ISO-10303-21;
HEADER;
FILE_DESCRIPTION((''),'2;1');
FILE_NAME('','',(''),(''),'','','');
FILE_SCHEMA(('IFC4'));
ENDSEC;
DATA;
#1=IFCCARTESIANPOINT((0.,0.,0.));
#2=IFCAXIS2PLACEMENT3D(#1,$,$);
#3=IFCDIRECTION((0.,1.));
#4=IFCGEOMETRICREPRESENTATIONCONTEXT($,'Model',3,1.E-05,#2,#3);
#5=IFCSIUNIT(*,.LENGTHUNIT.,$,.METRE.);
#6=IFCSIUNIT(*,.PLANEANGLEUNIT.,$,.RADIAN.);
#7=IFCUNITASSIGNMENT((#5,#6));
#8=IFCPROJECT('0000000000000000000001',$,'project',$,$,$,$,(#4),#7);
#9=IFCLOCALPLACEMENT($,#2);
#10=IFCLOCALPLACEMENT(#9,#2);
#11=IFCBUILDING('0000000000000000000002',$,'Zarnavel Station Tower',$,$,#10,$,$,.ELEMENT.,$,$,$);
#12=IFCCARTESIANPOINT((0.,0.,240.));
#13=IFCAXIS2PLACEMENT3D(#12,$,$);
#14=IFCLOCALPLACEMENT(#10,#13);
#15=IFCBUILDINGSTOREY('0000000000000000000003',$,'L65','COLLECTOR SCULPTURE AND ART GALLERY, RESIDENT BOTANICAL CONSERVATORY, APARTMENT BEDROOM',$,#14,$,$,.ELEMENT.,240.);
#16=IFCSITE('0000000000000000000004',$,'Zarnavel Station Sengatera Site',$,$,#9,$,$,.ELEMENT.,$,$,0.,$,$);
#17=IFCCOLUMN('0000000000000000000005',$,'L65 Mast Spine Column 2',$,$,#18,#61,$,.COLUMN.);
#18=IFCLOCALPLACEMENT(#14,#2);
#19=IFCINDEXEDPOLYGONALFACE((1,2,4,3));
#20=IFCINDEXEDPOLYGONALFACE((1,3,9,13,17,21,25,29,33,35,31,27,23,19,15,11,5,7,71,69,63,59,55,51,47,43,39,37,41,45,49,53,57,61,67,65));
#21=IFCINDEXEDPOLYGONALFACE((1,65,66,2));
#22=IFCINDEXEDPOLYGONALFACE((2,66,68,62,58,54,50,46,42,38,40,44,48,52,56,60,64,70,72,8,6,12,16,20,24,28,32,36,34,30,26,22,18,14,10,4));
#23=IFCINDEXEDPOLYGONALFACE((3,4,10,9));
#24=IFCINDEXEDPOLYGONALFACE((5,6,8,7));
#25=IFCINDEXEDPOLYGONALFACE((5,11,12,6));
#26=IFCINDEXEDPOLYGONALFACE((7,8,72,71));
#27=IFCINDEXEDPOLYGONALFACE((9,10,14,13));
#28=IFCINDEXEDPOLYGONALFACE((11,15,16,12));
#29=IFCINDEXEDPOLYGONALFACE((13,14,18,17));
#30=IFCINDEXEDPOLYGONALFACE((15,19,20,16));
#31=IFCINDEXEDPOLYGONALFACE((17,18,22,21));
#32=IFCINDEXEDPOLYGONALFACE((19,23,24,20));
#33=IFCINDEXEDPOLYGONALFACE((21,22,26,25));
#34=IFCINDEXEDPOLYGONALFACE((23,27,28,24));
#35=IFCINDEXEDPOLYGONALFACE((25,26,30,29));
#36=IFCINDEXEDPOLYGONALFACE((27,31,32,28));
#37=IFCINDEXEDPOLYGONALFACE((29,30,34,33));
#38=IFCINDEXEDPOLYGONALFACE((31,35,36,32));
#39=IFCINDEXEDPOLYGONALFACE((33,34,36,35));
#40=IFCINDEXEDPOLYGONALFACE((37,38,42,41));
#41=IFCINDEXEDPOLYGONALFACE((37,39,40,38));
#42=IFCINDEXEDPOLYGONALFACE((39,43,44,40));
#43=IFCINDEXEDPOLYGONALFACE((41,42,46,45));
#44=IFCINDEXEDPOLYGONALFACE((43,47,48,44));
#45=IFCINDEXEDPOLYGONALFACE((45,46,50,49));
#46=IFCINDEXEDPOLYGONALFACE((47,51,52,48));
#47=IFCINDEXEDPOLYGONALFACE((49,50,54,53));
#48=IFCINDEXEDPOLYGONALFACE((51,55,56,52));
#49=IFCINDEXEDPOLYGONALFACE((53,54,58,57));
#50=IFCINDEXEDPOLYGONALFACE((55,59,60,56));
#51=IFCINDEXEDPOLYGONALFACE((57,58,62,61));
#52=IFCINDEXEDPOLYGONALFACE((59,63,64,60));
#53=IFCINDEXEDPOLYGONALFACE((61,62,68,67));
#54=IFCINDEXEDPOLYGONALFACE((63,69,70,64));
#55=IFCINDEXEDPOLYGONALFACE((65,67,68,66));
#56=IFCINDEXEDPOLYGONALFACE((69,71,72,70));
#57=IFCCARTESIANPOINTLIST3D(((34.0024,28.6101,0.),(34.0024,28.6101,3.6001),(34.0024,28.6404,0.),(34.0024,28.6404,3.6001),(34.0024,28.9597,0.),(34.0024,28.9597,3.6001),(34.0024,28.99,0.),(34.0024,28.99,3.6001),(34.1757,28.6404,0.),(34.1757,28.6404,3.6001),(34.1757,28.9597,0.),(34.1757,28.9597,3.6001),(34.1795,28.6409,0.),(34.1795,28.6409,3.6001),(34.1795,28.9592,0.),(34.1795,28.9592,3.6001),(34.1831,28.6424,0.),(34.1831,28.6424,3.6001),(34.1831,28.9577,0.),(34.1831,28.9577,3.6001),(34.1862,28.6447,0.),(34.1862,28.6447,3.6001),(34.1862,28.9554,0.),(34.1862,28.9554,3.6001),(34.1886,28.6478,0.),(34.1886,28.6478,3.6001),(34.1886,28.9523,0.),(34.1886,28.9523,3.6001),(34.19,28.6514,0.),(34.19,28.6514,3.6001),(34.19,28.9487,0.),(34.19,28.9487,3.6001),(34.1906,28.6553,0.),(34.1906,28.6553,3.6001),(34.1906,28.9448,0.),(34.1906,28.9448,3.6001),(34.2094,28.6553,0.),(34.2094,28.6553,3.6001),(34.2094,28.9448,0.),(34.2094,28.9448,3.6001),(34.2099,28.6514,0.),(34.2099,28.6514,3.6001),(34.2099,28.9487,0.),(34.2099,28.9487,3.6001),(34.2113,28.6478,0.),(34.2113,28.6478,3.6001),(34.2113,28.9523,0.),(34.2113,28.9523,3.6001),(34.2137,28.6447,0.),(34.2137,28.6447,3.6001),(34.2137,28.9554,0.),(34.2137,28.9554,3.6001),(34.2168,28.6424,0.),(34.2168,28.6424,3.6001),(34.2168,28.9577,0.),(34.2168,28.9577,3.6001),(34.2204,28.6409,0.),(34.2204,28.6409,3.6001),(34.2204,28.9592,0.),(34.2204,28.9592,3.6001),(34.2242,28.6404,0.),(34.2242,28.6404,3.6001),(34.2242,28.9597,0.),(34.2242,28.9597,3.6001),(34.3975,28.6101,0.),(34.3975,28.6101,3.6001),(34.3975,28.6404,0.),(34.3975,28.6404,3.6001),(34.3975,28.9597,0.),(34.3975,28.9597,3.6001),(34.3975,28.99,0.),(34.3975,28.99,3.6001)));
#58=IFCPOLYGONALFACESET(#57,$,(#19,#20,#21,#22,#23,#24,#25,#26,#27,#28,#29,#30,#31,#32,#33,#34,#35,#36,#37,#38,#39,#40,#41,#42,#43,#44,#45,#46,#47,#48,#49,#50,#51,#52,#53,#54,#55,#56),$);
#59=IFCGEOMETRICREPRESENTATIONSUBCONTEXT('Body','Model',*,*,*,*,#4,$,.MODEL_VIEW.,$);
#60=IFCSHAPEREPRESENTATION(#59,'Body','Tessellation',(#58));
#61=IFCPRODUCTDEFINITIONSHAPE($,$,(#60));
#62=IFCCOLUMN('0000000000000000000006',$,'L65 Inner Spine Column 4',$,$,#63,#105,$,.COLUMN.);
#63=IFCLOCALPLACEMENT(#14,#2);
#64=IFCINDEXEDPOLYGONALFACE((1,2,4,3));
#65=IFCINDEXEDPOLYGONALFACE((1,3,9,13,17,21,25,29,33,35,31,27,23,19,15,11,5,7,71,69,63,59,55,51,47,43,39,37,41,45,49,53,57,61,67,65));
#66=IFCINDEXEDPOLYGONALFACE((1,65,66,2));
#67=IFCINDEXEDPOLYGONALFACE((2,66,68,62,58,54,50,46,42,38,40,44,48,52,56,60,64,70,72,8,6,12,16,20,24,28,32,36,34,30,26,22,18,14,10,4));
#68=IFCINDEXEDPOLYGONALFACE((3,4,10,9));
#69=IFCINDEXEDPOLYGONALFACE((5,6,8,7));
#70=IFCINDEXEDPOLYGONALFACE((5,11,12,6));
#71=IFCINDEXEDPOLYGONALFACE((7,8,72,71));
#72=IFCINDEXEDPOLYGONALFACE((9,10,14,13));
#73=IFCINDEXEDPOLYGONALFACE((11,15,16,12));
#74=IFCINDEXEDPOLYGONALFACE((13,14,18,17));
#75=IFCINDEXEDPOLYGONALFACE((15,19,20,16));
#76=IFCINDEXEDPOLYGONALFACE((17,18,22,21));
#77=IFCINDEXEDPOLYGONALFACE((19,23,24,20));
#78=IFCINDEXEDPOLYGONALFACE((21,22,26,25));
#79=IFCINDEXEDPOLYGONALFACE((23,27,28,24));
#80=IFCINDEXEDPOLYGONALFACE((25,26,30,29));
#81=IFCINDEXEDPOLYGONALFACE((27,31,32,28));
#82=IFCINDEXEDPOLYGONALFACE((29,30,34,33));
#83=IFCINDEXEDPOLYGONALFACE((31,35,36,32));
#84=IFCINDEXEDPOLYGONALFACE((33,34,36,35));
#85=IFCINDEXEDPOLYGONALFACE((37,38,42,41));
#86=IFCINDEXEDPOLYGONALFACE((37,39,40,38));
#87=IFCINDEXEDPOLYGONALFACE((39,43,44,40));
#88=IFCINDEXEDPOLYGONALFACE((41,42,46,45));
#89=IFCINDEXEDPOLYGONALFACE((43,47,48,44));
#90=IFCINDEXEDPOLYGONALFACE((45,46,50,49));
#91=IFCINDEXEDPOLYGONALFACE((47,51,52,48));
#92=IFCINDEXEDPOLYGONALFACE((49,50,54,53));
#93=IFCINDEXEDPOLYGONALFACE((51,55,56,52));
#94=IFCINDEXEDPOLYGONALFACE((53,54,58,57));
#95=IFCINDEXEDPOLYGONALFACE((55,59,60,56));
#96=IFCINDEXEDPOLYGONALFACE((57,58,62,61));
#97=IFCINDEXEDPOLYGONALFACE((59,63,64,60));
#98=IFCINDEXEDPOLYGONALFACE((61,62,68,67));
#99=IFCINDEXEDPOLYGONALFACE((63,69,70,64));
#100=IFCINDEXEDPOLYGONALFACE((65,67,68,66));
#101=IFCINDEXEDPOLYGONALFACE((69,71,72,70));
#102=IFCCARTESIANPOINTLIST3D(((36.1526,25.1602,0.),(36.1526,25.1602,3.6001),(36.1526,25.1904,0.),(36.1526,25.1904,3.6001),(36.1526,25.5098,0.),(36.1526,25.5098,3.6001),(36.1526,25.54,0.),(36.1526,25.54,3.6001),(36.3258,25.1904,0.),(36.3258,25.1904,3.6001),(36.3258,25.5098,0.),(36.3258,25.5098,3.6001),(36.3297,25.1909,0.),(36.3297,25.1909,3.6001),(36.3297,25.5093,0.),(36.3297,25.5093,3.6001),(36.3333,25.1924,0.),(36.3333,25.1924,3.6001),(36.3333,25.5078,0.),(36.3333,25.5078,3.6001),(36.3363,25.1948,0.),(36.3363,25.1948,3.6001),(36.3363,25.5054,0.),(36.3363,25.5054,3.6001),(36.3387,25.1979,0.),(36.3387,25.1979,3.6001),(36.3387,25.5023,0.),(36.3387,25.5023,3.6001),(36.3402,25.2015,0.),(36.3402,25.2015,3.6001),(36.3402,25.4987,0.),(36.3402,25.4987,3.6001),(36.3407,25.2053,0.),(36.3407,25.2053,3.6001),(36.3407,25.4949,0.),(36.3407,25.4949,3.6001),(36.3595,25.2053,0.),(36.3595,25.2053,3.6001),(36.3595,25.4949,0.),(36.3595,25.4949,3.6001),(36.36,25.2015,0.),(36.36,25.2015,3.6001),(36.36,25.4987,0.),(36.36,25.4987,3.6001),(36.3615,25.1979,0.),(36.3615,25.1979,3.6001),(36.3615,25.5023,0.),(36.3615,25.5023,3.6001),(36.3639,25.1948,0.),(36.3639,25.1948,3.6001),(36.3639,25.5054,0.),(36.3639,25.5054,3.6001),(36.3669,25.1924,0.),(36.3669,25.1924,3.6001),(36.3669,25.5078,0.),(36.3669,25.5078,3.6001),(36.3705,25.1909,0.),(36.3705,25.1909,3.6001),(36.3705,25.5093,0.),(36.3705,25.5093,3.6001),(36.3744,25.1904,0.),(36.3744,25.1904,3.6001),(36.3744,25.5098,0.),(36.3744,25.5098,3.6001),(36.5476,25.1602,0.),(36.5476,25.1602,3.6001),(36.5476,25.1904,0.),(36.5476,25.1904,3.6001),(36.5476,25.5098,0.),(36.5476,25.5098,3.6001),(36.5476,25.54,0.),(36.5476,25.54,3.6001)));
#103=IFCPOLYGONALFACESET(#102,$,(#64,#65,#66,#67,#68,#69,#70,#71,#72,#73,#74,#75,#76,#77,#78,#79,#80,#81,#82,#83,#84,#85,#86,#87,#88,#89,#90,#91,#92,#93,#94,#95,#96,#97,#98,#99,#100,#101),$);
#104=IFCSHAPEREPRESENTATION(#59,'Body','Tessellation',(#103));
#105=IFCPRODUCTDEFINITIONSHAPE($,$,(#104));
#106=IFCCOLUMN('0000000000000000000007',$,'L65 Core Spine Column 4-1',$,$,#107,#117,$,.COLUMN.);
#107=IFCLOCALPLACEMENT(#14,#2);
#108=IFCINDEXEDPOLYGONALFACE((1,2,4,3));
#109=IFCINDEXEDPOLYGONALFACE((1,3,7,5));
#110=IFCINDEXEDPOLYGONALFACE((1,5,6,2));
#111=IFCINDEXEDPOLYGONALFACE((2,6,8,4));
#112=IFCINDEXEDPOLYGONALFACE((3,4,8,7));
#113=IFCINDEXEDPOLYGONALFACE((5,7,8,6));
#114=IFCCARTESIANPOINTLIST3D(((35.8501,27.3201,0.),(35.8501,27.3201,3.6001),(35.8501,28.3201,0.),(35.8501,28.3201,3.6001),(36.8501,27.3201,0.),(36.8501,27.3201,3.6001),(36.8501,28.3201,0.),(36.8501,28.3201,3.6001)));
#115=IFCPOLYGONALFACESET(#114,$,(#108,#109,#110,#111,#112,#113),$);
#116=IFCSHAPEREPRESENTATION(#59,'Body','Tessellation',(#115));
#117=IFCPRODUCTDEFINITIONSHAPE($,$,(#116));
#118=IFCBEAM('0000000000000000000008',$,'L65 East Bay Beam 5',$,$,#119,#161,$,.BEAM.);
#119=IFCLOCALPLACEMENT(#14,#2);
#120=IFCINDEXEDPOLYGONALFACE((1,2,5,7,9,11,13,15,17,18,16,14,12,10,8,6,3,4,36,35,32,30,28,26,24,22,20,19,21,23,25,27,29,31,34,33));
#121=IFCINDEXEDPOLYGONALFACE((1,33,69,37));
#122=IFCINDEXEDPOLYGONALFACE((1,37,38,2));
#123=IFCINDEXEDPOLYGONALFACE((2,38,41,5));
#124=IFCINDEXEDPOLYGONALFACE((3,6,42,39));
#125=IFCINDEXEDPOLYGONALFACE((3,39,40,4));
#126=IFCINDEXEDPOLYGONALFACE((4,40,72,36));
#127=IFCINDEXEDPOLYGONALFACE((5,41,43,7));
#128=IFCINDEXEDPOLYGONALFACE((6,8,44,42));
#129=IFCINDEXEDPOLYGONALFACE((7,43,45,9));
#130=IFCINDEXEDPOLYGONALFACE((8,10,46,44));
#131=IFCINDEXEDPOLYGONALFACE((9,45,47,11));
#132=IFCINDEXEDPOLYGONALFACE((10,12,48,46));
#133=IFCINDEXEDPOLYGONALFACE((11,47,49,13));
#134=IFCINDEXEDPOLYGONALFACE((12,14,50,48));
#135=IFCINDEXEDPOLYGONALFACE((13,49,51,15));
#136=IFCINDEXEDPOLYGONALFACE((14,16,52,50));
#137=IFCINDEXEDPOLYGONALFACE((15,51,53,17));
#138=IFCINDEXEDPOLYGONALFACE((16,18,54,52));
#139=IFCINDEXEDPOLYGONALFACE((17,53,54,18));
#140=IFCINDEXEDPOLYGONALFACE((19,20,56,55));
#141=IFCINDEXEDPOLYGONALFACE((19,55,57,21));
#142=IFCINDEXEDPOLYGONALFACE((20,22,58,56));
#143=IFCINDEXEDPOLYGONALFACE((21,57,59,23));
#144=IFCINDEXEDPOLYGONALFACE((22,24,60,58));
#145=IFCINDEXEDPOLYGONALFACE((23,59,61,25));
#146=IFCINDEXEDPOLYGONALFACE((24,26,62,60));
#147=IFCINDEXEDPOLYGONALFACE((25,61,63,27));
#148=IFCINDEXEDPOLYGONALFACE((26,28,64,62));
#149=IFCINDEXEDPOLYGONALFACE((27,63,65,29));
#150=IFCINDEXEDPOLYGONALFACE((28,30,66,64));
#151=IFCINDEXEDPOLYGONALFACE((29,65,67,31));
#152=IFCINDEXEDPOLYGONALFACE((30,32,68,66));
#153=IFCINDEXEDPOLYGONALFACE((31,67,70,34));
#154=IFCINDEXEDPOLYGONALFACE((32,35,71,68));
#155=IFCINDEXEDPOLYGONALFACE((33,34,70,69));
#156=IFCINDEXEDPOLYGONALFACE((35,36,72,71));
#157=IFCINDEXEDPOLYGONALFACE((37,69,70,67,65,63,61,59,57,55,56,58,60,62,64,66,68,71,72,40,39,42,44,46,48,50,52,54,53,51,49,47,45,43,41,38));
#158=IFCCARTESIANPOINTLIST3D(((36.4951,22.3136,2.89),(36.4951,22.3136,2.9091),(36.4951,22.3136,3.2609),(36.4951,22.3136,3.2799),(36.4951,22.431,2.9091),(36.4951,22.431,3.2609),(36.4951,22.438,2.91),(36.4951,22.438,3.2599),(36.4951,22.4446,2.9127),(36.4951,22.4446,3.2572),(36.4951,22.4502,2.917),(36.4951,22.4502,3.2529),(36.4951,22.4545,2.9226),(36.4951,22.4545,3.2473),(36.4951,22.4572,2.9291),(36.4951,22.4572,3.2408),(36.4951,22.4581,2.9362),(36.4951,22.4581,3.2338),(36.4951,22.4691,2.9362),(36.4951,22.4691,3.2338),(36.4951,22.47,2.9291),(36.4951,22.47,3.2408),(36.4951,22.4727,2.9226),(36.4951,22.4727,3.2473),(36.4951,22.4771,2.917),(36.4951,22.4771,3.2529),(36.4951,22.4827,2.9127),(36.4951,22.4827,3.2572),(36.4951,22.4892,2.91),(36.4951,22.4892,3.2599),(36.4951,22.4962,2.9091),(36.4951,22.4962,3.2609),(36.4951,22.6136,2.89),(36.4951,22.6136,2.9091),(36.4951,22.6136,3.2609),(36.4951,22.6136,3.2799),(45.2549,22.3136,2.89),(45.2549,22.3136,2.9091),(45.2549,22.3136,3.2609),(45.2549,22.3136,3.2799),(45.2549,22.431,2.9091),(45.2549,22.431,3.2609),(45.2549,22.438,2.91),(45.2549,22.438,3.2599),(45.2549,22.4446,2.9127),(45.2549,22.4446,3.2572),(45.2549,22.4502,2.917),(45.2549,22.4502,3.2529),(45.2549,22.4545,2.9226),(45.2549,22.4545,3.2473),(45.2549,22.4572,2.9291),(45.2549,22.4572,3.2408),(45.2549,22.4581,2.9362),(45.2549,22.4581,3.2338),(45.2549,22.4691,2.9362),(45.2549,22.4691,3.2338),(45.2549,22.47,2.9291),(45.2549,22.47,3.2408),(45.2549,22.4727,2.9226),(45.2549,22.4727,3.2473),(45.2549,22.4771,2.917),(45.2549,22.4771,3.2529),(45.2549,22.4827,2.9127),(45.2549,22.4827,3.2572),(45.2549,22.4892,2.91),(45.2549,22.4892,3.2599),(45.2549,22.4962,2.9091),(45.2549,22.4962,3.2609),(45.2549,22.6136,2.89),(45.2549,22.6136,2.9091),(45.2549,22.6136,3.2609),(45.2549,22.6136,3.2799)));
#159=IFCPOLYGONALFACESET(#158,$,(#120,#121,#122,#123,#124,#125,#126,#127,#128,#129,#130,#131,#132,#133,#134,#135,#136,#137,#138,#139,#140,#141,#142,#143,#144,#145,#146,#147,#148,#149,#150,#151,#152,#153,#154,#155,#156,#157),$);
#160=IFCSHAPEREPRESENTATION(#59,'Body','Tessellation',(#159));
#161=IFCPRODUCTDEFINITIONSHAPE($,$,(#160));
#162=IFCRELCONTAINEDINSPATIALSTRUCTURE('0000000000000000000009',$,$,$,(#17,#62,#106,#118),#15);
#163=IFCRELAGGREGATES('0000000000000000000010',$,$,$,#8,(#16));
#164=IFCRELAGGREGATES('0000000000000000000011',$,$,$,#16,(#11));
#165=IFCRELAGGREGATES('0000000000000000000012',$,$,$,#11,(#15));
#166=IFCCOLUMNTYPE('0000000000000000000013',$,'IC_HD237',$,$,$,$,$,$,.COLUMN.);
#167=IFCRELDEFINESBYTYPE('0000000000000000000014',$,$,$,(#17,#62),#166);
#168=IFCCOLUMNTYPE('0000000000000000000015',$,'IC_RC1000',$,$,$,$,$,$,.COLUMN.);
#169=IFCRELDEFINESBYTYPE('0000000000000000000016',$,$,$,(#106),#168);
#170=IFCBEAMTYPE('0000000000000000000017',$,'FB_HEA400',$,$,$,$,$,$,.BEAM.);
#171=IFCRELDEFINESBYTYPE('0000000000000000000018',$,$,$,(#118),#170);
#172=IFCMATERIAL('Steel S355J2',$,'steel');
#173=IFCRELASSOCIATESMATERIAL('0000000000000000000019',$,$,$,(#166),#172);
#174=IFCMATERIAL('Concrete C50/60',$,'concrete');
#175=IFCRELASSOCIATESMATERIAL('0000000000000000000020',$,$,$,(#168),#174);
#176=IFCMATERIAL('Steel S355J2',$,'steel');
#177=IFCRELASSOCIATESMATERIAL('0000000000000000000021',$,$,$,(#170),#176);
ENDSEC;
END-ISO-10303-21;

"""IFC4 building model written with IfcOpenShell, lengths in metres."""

from ifc_helpers import new_model, si_unit, direction, frame, origin, origin_2d, place, context, subcontext, project, spatial, rectangle, i_section, extrude, material, material_profile, profile_set, type_object, element, save


model = new_model("IFC4")

# Units and contexts
model_context = context("Model", 3, precision=1e-05, world=origin(), true_north=direction((0.0, 1.0)))
body_context = subcontext(model_context, "Body", "Model", "MODEL_VIEW")
ifc_project = project(units=[si_unit("LENGTHUNIT", "METRE"), si_unit("PLANEANGLEUNIT", "RADIAN")], contexts=[model_context])

# Site, building, storey
site_placement = place(None, origin())
site = spatial("IfcSite", under=ifc_project, at=site_placement, Name="Zarnavel Station Sengatera Site", CompositionType="ELEMENT", RefElevation=0.0)
building_placement = place(site_placement, origin())
building = spatial("IfcBuilding", under=site, at=building_placement, Name="Zarnavel Station Tower", CompositionType="ELEMENT")
storey_placement = place(building_placement, frame((0.0, 0.0, 240.0)))
storey = spatial("IfcBuildingStorey", under=building, at=storey_placement, Name="L65", Description="COLLECTOR SCULPTURE AND ART GALLERY, RESIDENT BOTANICAL CONSERVATORY, APARTMENT BEDROOM", CompositionType="ELEMENT", Elevation=240.0)

# Columns
ifc_material_1 = material(Name="Steel S355J2", Category="steel")
ifc_material_profile_1 = material_profile(ifc_material_1, i_section(OverallWidth=0.395, OverallDepth=0.3799, WebThickness=0.0188, FlangeThickness=0.0303, FilletRadius=0.0149, at=origin_2d()), Name="HD400x237")
ifc_profile_set_1 = profile_set([ifc_material_profile_1], Name="Steel S355J2")
column_type_1 = type_object("IfcColumnType", Name="IC_HD237", PredefinedType="COLUMN", material=ifc_profile_set_1)
for number, where, z_axis, x_axis, name in (
    (1, (34.2, 28.8, 0.0), (0.0, 0.0, 1.0), (1.0, 0.0, 0.0), "L65 Mast Spine Column 2"),
    (2, (36.3501, 25.3501, 0.0), (0.0, 0.0, 1.0), (1.0, 0.0, 0.0), "L65 Inner Spine Column 4"),
):
    element("IfcColumn", number, at=place(storey_placement, frame(where, z_axis=z_axis, x_axis=x_axis)), inside=storey, type_object=column_type_1, Name=name, PredefinedType="COLUMN", context=body_context, shape_type="SweptSolid", body=[
        extrude(i_section(OverallWidth=0.395, OverallDepth=0.3799, WebThickness=0.0188, FlangeThickness=0.0303, FilletRadius=0.0149, at=origin_2d()), origin(), (0.0, 0.0, 1.0), 3.6001),
    ])
ifc_material_2 = material(Name="Concrete C50/60", Category="concrete")
ifc_material_profile_2 = material_profile(ifc_material_2, rectangle(XDim=1.0, YDim=1.0, at=origin_2d()), Name="RC1000x1000")
ifc_profile_set_2 = profile_set([ifc_material_profile_2], Name="Concrete C50/60")
column_type_2 = type_object("IfcColumnType", Name="IC_RC1000", PredefinedType="COLUMN", material=ifc_profile_set_2)
column_placement = place(storey_placement, frame((36.3501, 27.8201, 0.0), z_axis=(0.0, 0.0, 1.0), x_axis=(1.0, 0.0, 0.0)))
element("IfcColumn", 3, at=column_placement, inside=storey, type_object=column_type_2, Name="L65 Core Spine Column 4-1", PredefinedType="COLUMN", context=body_context, shape_type="SweptSolid", body=[
    extrude(rectangle(XDim=1.0, YDim=1.0, at=origin_2d()), origin(), (0.0, 0.0, 1.0), 3.6001),
])

# Beam
ifc_material_3 = material(Name="Steel S355J2", Category="steel")
ifc_material_profile_3 = material_profile(ifc_material_3, i_section(OverallWidth=0.3, OverallDepth=0.3899, WebThickness=0.011, FlangeThickness=0.019, FilletRadius=0.0271, at=origin_2d()), Name="HEA400")
ifc_profile_set_3 = profile_set([ifc_material_profile_3], Name="Steel S355J2")
beam_type_1 = type_object("IfcBeamType", Name="FB_HEA400", PredefinedType="BEAM", material=ifc_profile_set_3)
beam_1_placement = place(storey_placement, frame((36.4951, 22.4636, 3.085), z_axis=(1.0, 0.0, 0.0), x_axis=(0.0, 1.0, 0.0)))
element("IfcBeam", 4, at=beam_1_placement, inside=storey, type_object=beam_type_1, Name="L65 East Bay Beam 5", PredefinedType="BEAM", context=body_context, shape_type="SweptSolid", body=[
    extrude(i_section(OverallWidth=0.3, OverallDepth=0.3899, WebThickness=0.011, FlangeThickness=0.019, FilletRadius=0.0271, at=origin_2d()), origin(), (0.0, 0.0, 1.0), 8.7598),
])

save(model, "model.ifc")
